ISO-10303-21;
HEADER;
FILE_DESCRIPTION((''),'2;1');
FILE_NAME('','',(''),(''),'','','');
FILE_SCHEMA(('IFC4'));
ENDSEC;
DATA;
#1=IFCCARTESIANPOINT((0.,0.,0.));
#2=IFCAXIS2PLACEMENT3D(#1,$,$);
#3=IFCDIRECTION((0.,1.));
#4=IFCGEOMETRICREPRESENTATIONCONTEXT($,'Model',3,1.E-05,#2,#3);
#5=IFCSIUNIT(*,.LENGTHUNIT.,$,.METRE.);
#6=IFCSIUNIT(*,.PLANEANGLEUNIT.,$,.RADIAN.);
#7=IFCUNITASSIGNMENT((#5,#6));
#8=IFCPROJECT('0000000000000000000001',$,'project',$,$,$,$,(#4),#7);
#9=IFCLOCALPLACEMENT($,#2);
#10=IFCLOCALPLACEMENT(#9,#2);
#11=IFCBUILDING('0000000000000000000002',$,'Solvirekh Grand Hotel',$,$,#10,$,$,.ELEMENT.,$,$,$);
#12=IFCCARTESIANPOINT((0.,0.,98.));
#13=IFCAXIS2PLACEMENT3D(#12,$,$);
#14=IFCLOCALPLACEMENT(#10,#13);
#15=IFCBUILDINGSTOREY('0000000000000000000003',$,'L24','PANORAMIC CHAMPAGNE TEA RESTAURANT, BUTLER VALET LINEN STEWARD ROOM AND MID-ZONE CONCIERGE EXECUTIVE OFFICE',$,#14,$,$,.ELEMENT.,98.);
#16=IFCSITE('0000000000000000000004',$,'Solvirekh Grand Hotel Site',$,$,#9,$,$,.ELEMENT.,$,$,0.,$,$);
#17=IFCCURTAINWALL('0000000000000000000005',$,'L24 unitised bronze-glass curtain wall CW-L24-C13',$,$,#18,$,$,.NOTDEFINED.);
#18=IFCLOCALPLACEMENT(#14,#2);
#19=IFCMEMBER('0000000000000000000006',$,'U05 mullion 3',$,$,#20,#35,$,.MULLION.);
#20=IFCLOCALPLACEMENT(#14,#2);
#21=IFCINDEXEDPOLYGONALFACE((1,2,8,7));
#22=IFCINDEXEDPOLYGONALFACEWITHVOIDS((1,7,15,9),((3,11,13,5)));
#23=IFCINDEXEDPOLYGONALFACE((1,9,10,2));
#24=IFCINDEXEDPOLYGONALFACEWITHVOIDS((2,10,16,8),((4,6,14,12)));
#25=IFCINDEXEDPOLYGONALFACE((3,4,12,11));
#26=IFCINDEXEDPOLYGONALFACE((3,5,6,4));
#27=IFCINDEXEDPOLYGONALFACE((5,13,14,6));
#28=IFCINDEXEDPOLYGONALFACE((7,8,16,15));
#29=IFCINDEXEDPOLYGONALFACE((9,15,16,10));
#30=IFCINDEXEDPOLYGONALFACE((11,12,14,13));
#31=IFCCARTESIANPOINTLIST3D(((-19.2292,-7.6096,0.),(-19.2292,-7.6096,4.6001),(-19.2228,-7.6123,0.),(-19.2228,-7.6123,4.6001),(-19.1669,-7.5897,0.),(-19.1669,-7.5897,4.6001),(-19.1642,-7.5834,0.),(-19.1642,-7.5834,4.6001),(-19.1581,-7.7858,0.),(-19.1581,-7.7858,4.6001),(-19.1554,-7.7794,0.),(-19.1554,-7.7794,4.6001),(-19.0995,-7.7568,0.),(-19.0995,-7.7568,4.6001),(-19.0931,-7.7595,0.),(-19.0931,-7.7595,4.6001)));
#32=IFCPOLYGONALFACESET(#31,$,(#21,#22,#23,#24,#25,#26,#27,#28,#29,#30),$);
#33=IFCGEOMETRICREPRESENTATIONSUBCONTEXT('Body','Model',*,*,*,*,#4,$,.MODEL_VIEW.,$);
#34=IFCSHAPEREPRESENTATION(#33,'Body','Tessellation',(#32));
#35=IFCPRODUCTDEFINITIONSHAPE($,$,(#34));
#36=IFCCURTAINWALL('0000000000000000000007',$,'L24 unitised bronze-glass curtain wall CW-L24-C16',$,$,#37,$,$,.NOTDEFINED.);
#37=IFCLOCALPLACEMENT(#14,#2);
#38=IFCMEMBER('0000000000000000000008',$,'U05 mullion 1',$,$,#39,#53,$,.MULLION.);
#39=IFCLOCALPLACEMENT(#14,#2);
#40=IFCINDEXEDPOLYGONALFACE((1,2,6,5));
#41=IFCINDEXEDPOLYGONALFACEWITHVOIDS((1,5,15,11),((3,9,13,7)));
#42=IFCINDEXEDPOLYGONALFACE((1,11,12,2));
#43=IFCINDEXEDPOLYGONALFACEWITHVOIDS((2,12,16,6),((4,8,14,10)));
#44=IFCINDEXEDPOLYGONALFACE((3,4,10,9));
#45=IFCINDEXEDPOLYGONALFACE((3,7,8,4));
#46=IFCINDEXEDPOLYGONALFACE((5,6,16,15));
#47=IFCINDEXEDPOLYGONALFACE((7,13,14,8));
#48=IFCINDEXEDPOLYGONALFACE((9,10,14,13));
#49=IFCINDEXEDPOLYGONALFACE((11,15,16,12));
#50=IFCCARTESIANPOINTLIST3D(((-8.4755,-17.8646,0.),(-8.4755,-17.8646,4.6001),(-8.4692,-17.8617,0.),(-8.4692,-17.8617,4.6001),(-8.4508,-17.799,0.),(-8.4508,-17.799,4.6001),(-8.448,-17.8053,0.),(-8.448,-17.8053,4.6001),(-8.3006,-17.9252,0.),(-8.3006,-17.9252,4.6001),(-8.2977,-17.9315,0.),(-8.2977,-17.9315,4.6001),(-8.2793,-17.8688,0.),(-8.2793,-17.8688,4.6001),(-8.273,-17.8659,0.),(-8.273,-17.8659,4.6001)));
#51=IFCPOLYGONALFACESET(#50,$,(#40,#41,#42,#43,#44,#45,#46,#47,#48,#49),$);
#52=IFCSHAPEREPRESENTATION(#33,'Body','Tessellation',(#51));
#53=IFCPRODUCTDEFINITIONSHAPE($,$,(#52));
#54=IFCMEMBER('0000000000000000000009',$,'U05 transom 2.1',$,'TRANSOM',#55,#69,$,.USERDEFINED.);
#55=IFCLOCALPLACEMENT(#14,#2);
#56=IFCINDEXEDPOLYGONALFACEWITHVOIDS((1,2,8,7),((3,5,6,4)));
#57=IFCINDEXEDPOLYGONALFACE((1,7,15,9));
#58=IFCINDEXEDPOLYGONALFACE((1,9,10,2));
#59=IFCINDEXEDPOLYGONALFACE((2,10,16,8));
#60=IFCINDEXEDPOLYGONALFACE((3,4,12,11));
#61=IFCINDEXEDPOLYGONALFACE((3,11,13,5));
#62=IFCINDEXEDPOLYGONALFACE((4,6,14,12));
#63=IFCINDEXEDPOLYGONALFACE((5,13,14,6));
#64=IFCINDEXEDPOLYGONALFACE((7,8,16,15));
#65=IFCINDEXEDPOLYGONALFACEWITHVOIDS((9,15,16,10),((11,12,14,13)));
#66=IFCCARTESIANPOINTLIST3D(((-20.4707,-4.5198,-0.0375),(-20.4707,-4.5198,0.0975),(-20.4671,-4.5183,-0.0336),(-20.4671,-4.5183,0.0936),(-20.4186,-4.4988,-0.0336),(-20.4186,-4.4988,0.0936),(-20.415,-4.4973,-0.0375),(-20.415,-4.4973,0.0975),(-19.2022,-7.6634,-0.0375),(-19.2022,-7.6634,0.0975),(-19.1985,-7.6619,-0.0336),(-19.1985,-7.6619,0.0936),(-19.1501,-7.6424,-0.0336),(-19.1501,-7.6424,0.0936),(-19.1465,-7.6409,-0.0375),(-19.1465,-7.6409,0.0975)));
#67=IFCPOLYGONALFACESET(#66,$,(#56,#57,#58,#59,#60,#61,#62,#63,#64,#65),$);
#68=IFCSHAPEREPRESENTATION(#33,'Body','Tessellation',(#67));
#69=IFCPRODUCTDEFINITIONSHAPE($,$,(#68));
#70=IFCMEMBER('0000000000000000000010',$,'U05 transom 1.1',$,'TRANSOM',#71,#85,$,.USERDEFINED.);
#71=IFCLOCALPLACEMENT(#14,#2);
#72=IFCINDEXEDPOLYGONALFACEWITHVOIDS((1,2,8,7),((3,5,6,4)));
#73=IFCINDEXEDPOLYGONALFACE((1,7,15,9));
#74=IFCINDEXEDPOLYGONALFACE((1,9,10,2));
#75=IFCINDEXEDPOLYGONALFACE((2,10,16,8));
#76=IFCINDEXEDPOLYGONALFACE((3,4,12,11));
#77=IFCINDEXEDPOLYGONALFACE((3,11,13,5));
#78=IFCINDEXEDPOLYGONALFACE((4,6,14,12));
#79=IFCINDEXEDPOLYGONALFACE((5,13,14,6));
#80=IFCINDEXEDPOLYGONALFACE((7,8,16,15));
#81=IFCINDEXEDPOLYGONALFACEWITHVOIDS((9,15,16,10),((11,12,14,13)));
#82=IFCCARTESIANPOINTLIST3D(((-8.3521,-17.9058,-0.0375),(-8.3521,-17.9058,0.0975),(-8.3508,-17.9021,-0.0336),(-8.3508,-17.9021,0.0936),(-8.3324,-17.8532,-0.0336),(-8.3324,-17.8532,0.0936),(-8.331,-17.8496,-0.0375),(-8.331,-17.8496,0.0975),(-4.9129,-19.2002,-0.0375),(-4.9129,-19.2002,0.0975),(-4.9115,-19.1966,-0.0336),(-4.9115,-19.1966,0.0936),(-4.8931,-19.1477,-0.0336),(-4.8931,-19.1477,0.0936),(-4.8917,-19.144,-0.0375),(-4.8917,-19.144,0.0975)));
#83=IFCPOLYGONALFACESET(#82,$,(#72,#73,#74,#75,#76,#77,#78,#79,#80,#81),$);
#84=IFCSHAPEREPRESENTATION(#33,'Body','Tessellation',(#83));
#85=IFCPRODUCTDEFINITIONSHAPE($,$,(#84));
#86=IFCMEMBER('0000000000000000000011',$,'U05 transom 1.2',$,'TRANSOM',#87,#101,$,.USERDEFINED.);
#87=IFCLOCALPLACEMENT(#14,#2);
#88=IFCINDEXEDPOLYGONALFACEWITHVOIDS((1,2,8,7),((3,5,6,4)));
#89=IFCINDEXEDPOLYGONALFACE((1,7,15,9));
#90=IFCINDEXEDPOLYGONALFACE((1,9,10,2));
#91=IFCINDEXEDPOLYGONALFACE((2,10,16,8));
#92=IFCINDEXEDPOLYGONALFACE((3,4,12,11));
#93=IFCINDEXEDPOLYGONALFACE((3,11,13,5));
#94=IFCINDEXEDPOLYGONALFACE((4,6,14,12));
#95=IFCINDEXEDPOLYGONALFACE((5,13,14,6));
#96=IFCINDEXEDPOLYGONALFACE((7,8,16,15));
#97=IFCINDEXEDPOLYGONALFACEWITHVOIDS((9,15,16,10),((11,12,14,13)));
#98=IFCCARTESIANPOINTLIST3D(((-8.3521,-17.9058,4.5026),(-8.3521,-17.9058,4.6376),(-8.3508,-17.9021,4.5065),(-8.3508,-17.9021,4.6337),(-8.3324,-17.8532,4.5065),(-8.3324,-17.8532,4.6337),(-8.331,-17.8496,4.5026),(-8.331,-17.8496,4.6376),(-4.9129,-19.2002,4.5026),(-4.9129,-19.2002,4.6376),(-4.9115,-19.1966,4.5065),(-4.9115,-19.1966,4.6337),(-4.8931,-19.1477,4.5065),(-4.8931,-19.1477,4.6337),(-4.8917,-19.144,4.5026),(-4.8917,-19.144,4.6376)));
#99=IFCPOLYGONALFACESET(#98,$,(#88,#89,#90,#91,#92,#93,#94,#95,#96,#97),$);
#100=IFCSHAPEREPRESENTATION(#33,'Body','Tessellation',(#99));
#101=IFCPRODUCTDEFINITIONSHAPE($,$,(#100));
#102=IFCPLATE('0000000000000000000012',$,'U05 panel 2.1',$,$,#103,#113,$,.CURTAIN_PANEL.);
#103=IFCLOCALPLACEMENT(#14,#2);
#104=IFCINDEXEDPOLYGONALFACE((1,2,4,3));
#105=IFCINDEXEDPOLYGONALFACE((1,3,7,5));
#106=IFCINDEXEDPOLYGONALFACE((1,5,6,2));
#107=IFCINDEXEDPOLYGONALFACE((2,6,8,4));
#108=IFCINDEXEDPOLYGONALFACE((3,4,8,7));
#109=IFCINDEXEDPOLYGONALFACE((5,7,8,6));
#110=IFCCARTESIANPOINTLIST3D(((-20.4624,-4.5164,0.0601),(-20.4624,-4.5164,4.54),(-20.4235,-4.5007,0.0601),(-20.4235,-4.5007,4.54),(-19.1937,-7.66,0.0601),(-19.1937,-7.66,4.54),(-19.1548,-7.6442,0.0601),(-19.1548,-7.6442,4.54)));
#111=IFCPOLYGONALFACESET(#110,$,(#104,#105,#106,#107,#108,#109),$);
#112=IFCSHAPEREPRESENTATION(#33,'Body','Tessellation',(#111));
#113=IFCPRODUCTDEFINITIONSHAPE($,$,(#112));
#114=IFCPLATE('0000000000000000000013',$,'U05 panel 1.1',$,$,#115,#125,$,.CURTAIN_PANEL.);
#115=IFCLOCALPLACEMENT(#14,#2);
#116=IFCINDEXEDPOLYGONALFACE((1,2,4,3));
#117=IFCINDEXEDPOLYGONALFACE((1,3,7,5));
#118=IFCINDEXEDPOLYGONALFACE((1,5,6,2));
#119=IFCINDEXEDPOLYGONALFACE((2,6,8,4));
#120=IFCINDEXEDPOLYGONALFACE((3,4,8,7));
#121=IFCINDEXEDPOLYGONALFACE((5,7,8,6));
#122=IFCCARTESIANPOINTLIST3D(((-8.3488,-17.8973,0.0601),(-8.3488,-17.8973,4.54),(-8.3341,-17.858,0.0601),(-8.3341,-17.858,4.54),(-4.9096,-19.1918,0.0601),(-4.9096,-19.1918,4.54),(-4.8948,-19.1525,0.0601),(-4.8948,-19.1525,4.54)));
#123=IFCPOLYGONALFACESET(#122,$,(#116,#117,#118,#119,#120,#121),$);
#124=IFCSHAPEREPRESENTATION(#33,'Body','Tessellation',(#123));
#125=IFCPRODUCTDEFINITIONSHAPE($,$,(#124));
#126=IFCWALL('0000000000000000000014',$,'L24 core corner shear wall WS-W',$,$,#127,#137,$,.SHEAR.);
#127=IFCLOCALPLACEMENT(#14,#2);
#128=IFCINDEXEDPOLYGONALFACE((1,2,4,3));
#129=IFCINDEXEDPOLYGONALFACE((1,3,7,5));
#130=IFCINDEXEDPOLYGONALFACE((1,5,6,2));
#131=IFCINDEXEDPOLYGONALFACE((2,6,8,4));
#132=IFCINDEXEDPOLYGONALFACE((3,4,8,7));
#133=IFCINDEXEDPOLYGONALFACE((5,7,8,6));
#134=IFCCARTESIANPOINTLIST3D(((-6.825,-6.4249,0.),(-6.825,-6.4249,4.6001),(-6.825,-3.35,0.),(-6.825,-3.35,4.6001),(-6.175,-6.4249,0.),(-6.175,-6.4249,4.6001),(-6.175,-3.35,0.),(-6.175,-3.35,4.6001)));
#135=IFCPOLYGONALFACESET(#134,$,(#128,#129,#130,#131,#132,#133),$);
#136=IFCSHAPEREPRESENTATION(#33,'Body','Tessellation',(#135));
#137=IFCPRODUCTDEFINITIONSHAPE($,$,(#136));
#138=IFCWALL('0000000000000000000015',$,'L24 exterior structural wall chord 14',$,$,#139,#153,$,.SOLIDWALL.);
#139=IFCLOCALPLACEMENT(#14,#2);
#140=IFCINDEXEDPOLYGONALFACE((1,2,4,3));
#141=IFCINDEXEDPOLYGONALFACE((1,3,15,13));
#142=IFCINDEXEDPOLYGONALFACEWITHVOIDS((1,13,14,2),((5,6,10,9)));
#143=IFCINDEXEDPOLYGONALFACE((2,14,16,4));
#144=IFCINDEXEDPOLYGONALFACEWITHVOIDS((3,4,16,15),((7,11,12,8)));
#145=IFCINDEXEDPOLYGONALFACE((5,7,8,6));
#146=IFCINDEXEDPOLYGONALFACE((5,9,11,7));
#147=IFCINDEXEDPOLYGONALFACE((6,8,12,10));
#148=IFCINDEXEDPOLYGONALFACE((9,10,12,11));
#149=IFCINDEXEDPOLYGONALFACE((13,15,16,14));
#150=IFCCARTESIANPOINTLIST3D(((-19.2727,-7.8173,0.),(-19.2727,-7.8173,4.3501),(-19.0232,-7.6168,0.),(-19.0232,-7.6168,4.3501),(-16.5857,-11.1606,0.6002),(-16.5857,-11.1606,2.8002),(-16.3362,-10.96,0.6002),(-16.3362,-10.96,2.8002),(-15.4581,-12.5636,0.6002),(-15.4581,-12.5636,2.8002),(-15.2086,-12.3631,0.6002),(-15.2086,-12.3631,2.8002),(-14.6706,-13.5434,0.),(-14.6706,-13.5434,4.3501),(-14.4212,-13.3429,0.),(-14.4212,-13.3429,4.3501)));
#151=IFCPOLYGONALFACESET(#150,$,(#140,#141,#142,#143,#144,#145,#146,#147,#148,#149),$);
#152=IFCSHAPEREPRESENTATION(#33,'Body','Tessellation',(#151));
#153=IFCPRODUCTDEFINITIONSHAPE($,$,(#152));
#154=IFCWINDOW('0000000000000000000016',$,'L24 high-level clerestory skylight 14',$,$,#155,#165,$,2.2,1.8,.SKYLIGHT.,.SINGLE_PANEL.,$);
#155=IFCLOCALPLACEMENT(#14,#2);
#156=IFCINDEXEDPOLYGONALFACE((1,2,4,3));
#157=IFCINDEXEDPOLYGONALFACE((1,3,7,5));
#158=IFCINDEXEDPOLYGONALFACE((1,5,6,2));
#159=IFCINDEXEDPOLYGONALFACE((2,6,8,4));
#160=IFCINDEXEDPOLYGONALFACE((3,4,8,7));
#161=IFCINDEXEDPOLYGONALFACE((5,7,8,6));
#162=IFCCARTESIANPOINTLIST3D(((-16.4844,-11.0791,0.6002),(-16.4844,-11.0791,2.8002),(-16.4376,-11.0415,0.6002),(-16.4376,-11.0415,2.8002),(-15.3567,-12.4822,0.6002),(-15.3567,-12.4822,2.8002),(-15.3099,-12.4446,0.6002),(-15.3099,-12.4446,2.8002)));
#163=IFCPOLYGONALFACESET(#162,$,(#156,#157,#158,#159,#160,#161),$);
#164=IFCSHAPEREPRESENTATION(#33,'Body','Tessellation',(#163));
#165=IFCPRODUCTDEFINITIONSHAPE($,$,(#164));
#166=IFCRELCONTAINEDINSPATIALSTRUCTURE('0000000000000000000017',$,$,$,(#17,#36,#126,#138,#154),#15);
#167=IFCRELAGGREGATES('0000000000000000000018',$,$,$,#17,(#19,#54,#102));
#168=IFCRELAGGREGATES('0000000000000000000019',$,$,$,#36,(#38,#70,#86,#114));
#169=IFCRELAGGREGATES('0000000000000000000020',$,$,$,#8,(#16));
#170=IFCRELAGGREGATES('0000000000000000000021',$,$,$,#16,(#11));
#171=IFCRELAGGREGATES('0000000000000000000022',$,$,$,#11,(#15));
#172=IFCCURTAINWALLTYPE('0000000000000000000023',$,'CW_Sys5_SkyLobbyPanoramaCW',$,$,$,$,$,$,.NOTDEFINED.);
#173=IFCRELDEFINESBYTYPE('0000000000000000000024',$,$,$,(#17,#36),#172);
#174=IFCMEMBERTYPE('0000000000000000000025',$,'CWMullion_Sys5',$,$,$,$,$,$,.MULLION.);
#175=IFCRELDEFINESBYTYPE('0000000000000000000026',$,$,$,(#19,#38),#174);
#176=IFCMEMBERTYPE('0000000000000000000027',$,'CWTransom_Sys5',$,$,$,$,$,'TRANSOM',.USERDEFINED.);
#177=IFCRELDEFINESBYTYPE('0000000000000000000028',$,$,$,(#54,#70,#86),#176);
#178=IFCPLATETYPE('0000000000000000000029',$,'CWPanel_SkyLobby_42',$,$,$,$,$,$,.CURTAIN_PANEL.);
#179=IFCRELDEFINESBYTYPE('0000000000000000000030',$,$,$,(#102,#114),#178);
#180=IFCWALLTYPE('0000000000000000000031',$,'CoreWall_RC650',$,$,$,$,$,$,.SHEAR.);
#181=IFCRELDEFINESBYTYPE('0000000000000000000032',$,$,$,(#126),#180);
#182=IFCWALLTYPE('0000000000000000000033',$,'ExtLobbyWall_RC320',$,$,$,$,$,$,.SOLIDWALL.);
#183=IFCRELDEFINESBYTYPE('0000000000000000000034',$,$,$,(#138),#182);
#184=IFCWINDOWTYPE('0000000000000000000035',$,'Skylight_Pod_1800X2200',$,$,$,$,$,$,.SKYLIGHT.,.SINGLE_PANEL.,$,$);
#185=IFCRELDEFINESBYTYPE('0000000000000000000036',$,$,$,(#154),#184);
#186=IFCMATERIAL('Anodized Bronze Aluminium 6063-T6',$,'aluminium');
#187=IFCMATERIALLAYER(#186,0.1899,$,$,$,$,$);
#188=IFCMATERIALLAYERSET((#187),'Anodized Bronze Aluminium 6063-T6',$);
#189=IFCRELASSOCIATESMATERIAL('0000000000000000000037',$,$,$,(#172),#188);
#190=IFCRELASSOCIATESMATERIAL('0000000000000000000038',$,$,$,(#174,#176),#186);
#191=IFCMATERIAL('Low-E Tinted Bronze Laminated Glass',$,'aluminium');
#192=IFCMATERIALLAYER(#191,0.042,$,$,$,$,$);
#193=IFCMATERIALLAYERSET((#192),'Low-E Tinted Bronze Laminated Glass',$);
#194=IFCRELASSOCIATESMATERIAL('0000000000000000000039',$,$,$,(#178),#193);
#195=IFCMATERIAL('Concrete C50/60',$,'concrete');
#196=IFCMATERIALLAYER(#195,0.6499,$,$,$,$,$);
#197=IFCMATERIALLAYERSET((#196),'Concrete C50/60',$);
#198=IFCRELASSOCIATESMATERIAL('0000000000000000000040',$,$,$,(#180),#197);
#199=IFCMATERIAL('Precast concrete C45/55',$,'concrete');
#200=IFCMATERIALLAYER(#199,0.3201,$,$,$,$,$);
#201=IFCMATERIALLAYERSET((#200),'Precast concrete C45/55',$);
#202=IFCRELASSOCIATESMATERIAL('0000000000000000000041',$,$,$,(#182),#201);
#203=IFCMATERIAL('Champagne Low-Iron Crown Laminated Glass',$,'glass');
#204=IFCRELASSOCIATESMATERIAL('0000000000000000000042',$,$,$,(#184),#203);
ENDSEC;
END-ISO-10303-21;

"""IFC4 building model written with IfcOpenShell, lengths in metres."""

from ifc_helpers import new_model, si_unit, direction, frame, frame_2d, origin, origin_2d, place, context, subcontext, project, spatial, rectangle, hollow_rectangle, extrude, source, transform, mapped, material, layer, layer_set, material_profile, profile_set, type_object, element, fill, aggregate, save


model = new_model("IFC4")

# Units and contexts
model_context = context("Model", 3, precision=1e-05, world=origin(), true_north=direction((0.0, 1.0)))
body_context = subcontext(model_context, "Body", "Model", "MODEL_VIEW")
ifc_project = project(units=[si_unit("LENGTHUNIT", "METRE"), si_unit("PLANEANGLEUNIT", "RADIAN")], contexts=[model_context])

# Site, building, storey
site_placement = place(None, origin())
site = spatial("IfcSite", under=ifc_project, at=site_placement, Name="Solvirekh Grand Hotel Site", CompositionType="ELEMENT", RefElevation=0.0)
building_placement = place(site_placement, origin())
building = spatial("IfcBuilding", under=site, at=building_placement, Name="Solvirekh Grand Hotel", CompositionType="ELEMENT")
storey_placement = place(building_placement, frame((0.0, 0.0, 98.0)))
storey = spatial("IfcBuildingStorey", under=building, at=storey_placement, Name="L24", Description="PANORAMIC CHAMPAGNE TEA RESTAURANT, BUTLER VALET LINEN STEWARD ROOM AND MID-ZONE CONCIERGE EXECUTIVE OFFICE", CompositionType="ELEMENT", Elevation=98.0)

# Shared definitions
ifc_material_1 = material(Name="Concrete C50/60", Category="concrete")

# Curtain walls, members
ifc_material_2 = material(Name="Anodized Bronze Aluminium 6063-T6", Category="aluminium")
ifc_layer_1 = layer(ifc_material_2, 0.1899)
ifc_layer_set_1 = layer_set([ifc_layer_1], Name="Anodized Bronze Aluminium 6063-T6")
curtain_wall_type = type_object("IfcCurtainWallType", Name="CW_Sys5_SkyLobbyPanoramaCW", PredefinedType="NOTDEFINED", material=ifc_layer_set_1)
curtain_wall_1_placement = place(storey_placement, origin())
curtain_wall_1 = element("IfcCurtainWall", 1, at=curtain_wall_1_placement, inside=storey, type_object=curtain_wall_type, Name="L24 unitised bronze-glass curtain wall CW-L24-C13", PredefinedType="NOTDEFINED")
ifc_material_profile_1 = material_profile(ifc_material_2, hollow_rectangle(XDim=0.0701, YDim=0.1899, WallThickness=0.0049, at=origin_2d()), Name="ALU RHS 190X70X5")
ifc_profile_set_1 = profile_set([ifc_material_profile_1], Name="Anodized Bronze Aluminium 6063-T6")
member_type_1 = type_object("IfcMemberType", Name="CWMullion_Sys5", PredefinedType="MULLION", material=ifc_profile_set_1)
shared_shape_1 = source(origin(), body_context, "Body", "SweptSolid", [
    extrude(hollow_rectangle(XDim=0.0701, YDim=0.1899, WallThickness=0.0049, at=origin_2d()), origin(), (0.0, 0.0, 1.0), 4.6001),
])
member_1_placement = place(storey_placement, frame((-19.1611, -7.6846, 0.0), z_axis=(0.0, 0.0, 1.0), x_axis=(0.927328, 0.37425, 0.0)))
member_1 = element("IfcMember", 2, at=member_1_placement, type_object=member_type_1, Name="U05 mullion 3", PredefinedType="MULLION", context=body_context, shape_type="MappedRepresentation", body=[
    mapped(shared_shape_1, transform((0.0, 0.0, 0.0), x_axis=(1.0, 0.0, 0.0), y_axis=(0.0, 1.0, 0.0), z_axis=(0.0, 0.0, 1.0), scale=1.0)),
])
curtain_wall_2_placement = place(storey_placement, origin())
curtain_wall_2 = element("IfcCurtainWall", 3, at=curtain_wall_2_placement, inside=storey, type_object=curtain_wall_type, Name="L24 unitised bronze-glass curtain wall CW-L24-C16", PredefinedType="NOTDEFINED")
member_2_placement = place(storey_placement, frame((-8.3743, -17.8652, 0.0), z_axis=(0.0, 0.0, 1.0), x_axis=(0.352268, 0.935899, 0.0)))
member_2 = element("IfcMember", 4, at=member_2_placement, type_object=member_type_1, Name="U05 mullion 1", PredefinedType="MULLION", context=body_context, shape_type="MappedRepresentation", body=[
    mapped(shared_shape_1, transform((0.0, 0.0, 0.0), x_axis=(1.0, 0.0, 0.0), y_axis=(0.0, 1.0, 0.0), z_axis=(0.0, 0.0, 1.0), scale=1.0)),
])

# Members
ifc_material_profile_2 = material_profile(ifc_material_2, hollow_rectangle(XDim=0.0601, YDim=0.135, WallThickness=0.0039, at=origin_2d()), Name="ALU RHS 135X60X4")
ifc_profile_set_2 = profile_set([ifc_material_profile_2], Name="Anodized Bronze Aluminium 6063-T6")
member_type_2 = type_object("IfcMemberType", Name="CWTransom_Sys5", ElementType="TRANSOM", PredefinedType="USERDEFINED", material=ifc_profile_set_2)
shared_shape_2 = source(origin(), body_context, "Body", "SweptSolid", [
    extrude(hollow_rectangle(XDim=0.0601, YDim=0.135, WallThickness=0.0039, at=origin_2d()), origin(), (0.0, 0.0, 1.0), 3.3899),
])
member_3_placement = place(storey_placement, frame((-20.4429, -4.5085, 0.03), z_axis=(0.37422, -0.92734, 0.0), x_axis=(0.92734, 0.37422, 0.0)))
member_3 = element("IfcMember", 5, at=member_3_placement, type_object=member_type_2, Name="U05 transom 2.1", ObjectType="TRANSOM", PredefinedType="USERDEFINED", context=body_context, shape_type="MappedRepresentation", body=[
    mapped(shared_shape_2, transform((0.0, 0.0, 0.0), x_axis=(1.0, 0.0, 0.0), y_axis=(0.0, 1.0, 0.0), z_axis=(0.0, 0.0, 1.0), scale=1.0)),
])
shared_shape_3 = source(origin(), body_context, "Body", "SweptSolid", [
    extrude(hollow_rectangle(XDim=0.0601, YDim=0.135, WallThickness=0.0039, at=origin_2d()), origin(), (0.0, 0.0, 1.0), 3.6748),
])
member_4_placement = place(storey_placement, frame((-8.3416, -17.8777, 0.03), z_axis=(0.935905, -0.352252, 0.0), x_axis=(0.352252, 0.935905, 0.0)))
member_4 = element("IfcMember", 6, at=member_4_placement, type_object=member_type_2, Name="U05 transom 1.1", ObjectType="TRANSOM", PredefinedType="USERDEFINED", context=body_context, shape_type="MappedRepresentation", body=[
    mapped(shared_shape_3, transform((0.0, 0.0, 0.0), x_axis=(1.0, 0.0, 0.0), y_axis=(0.0, 1.0, 0.0), z_axis=(0.0, 0.0, 1.0), scale=1.0)),
])
member_5_placement = place(storey_placement, frame((-8.3416, -17.8777, 4.5701), z_axis=(0.935905, -0.352252, 0.0), x_axis=(0.352252, 0.935905, 0.0)))
member_5 = element("IfcMember", 7, at=member_5_placement, type_object=member_type_2, Name="U05 transom 1.2", ObjectType="TRANSOM", PredefinedType="USERDEFINED", context=body_context, shape_type="MappedRepresentation", body=[
    mapped(shared_shape_3, transform((0.0, 0.0, 0.0), x_axis=(1.0, 0.0, 0.0), y_axis=(0.0, 1.0, 0.0), z_axis=(0.0, 0.0, 1.0), scale=1.0)),
])

# Plates
ifc_material_3 = material(Name="Low-E Tinted Bronze Laminated Glass", Category="aluminium")
ifc_layer_2 = layer(ifc_material_3, 0.042)
ifc_layer_set_2 = layer_set([ifc_layer_2], Name="Low-E Tinted Bronze Laminated Glass")
plate_type = type_object("IfcPlateType", Name="CWPanel_SkyLobby_42", PredefinedType="CURTAIN_PANEL", material=ifc_layer_set_2)
shared_shape_4 = source(origin(), body_context, "Body", "SweptSolid", [
    extrude(rectangle(XDim=3.3899, YDim=0.042, at=origin_2d()), origin(), (0.0, 0.0, 1.0), 4.48),
])
plate_1_placement = place(storey_placement, frame((-19.8086, -6.0803, 0.0601), z_axis=(0.0, 0.0, 1.0), x_axis=(0.37425, -0.927328, 0.0)))
plate_1 = element("IfcPlate", 8, at=plate_1_placement, type_object=plate_type, Name="U05 panel 2.1", PredefinedType="CURTAIN_PANEL", context=body_context, shape_type="MappedRepresentation", body=[
    mapped(shared_shape_4, transform((0.0, 0.0, 0.0), x_axis=(1.0, 0.0, 0.0), y_axis=(0.0, 1.0, 0.0), z_axis=(0.0, 0.0, 1.0), scale=1.0)),
])
aggregate(curtain_wall_1, [member_1, member_3, plate_1])
shared_shape_5 = source(origin(), body_context, "Body", "SweptSolid", [
    extrude(rectangle(XDim=3.6748, YDim=0.042, at=origin_2d()), origin(), (0.0, 0.0, 1.0), 4.48),
])
plate_2_placement = place(storey_placement, frame((-6.6218, -18.5249, 0.0601), z_axis=(0.0, 0.0, 1.0), x_axis=(0.935899, -0.352268, 0.0)))
plate_2 = element("IfcPlate", 9, at=plate_2_placement, type_object=plate_type, Name="U05 panel 1.1", PredefinedType="CURTAIN_PANEL", context=body_context, shape_type="MappedRepresentation", body=[
    mapped(shared_shape_5, transform((0.0, 0.0, 0.0), x_axis=(1.0, 0.0, 0.0), y_axis=(0.0, 1.0, 0.0), z_axis=(0.0, 0.0, 1.0), scale=1.0)),
])
aggregate(curtain_wall_2, [member_2, member_4, member_5, plate_2])

# Wall
ifc_layer_3 = layer(ifc_material_1, 0.6499)
ifc_layer_set_3 = layer_set([ifc_layer_3], Name="Concrete C50/60")
wall_type_1 = type_object("IfcWallType", Name="CoreWall_RC650", PredefinedType="SHEAR", material=ifc_layer_set_3)
wall_1_placement = place(storey_placement, frame((-6.5, -6.425, 0.0), z_axis=(0.0, 0.0, 1.0), x_axis=(0.0, 1.0, 0.0)))
element("IfcWall", 10, at=wall_1_placement, inside=storey, type_object=wall_type_1, Name="L24 core corner shear wall WS-W", PredefinedType="SHEAR", context=body_context, shape_type="SweptSolid", body=[
    extrude(rectangle(XDim=3.075, YDim=0.6499, at=frame_2d((1.5376, 0.0))), origin(), (0.0, 0.0, 1.0), 4.6001),
])

# Wall, opening, window
ifc_material_4 = material(Name="Precast concrete C45/55", Category="concrete")
ifc_layer_4 = layer(ifc_material_4, 0.3201)
ifc_layer_set_4 = layer_set([ifc_layer_4], Name="Precast concrete C45/55")
wall_type_2 = type_object("IfcWallType", Name="ExtLobbyWall_RC320", PredefinedType="SOLIDWALL", material=ifc_layer_set_4)
wall_2_placement = place(storey_placement, frame((-14.5459, -13.4431, 0.0), z_axis=(0.0, 0.0, 1.0), x_axis=(-0.626452, 0.77946, 0.0)))
wall_2 = element("IfcWall", 11, at=wall_2_placement, inside=storey, type_object=wall_type_2, Name="L24 exterior structural wall chord 14", PredefinedType="SOLIDWALL", context=body_context, shape_type="SweptSolid", body=[
    extrude(rectangle(XDim=7.3462, YDim=0.3201, at=frame_2d((3.6731, 0.0))), origin(), (0.0, 0.0, 1.0), 4.3501),
])
opening_1_placement = place(wall_2_placement, frame((1.2571, 0.0, 0.6001)))
opening_1 = element("IfcOpeningElement", 12, at=opening_1_placement, cuts=wall_2, PredefinedType="OPENING", context=body_context, shape_type="SweptSolid", body=[
    extrude(rectangle(XDim=1.8, YDim=2.2, at=frame_2d((0.8999, 1.1001))), frame((0.0, 0.1699, 0.0), z_axis=(0.0, -1.0, 0.0), x_axis=(1.0, 0.0, 0.0)), (0.0, 0.0, 1.0), 0.3401),
])
ifc_material_5 = material(Name="Champagne Low-Iron Crown Laminated Glass", Category="glass")
window_type_1 = type_object("IfcWindowType", Name="Skylight_Pod_1800X2200", PartitioningType="SINGLE_PANEL", PredefinedType="SKYLIGHT", material=ifc_material_5)
window_1_placement = place(opening_1_placement, origin())
window_1 = element("IfcWindow", 13, at=window_1_placement, inside=storey, type_object=window_type_1, Name="L24 high-level clerestory skylight 14", OverallHeight=2.2, OverallWidth=1.8, PartitioningType="SINGLE_PANEL", PredefinedType="SKYLIGHT", context=body_context, shape_type="SweptSolid", body=[
    extrude(rectangle(XDim=1.8, YDim=2.2, at=frame_2d((0.8999, 1.1001))), frame((0.0, 0.03, 0.0), z_axis=(0.0, -1.0, 0.0), x_axis=(1.0, 0.0, 0.0)), (0.0, 0.0, 1.0), 0.0601),
])
fill(opening_1, window_1)

save(model, "model.ifc")
